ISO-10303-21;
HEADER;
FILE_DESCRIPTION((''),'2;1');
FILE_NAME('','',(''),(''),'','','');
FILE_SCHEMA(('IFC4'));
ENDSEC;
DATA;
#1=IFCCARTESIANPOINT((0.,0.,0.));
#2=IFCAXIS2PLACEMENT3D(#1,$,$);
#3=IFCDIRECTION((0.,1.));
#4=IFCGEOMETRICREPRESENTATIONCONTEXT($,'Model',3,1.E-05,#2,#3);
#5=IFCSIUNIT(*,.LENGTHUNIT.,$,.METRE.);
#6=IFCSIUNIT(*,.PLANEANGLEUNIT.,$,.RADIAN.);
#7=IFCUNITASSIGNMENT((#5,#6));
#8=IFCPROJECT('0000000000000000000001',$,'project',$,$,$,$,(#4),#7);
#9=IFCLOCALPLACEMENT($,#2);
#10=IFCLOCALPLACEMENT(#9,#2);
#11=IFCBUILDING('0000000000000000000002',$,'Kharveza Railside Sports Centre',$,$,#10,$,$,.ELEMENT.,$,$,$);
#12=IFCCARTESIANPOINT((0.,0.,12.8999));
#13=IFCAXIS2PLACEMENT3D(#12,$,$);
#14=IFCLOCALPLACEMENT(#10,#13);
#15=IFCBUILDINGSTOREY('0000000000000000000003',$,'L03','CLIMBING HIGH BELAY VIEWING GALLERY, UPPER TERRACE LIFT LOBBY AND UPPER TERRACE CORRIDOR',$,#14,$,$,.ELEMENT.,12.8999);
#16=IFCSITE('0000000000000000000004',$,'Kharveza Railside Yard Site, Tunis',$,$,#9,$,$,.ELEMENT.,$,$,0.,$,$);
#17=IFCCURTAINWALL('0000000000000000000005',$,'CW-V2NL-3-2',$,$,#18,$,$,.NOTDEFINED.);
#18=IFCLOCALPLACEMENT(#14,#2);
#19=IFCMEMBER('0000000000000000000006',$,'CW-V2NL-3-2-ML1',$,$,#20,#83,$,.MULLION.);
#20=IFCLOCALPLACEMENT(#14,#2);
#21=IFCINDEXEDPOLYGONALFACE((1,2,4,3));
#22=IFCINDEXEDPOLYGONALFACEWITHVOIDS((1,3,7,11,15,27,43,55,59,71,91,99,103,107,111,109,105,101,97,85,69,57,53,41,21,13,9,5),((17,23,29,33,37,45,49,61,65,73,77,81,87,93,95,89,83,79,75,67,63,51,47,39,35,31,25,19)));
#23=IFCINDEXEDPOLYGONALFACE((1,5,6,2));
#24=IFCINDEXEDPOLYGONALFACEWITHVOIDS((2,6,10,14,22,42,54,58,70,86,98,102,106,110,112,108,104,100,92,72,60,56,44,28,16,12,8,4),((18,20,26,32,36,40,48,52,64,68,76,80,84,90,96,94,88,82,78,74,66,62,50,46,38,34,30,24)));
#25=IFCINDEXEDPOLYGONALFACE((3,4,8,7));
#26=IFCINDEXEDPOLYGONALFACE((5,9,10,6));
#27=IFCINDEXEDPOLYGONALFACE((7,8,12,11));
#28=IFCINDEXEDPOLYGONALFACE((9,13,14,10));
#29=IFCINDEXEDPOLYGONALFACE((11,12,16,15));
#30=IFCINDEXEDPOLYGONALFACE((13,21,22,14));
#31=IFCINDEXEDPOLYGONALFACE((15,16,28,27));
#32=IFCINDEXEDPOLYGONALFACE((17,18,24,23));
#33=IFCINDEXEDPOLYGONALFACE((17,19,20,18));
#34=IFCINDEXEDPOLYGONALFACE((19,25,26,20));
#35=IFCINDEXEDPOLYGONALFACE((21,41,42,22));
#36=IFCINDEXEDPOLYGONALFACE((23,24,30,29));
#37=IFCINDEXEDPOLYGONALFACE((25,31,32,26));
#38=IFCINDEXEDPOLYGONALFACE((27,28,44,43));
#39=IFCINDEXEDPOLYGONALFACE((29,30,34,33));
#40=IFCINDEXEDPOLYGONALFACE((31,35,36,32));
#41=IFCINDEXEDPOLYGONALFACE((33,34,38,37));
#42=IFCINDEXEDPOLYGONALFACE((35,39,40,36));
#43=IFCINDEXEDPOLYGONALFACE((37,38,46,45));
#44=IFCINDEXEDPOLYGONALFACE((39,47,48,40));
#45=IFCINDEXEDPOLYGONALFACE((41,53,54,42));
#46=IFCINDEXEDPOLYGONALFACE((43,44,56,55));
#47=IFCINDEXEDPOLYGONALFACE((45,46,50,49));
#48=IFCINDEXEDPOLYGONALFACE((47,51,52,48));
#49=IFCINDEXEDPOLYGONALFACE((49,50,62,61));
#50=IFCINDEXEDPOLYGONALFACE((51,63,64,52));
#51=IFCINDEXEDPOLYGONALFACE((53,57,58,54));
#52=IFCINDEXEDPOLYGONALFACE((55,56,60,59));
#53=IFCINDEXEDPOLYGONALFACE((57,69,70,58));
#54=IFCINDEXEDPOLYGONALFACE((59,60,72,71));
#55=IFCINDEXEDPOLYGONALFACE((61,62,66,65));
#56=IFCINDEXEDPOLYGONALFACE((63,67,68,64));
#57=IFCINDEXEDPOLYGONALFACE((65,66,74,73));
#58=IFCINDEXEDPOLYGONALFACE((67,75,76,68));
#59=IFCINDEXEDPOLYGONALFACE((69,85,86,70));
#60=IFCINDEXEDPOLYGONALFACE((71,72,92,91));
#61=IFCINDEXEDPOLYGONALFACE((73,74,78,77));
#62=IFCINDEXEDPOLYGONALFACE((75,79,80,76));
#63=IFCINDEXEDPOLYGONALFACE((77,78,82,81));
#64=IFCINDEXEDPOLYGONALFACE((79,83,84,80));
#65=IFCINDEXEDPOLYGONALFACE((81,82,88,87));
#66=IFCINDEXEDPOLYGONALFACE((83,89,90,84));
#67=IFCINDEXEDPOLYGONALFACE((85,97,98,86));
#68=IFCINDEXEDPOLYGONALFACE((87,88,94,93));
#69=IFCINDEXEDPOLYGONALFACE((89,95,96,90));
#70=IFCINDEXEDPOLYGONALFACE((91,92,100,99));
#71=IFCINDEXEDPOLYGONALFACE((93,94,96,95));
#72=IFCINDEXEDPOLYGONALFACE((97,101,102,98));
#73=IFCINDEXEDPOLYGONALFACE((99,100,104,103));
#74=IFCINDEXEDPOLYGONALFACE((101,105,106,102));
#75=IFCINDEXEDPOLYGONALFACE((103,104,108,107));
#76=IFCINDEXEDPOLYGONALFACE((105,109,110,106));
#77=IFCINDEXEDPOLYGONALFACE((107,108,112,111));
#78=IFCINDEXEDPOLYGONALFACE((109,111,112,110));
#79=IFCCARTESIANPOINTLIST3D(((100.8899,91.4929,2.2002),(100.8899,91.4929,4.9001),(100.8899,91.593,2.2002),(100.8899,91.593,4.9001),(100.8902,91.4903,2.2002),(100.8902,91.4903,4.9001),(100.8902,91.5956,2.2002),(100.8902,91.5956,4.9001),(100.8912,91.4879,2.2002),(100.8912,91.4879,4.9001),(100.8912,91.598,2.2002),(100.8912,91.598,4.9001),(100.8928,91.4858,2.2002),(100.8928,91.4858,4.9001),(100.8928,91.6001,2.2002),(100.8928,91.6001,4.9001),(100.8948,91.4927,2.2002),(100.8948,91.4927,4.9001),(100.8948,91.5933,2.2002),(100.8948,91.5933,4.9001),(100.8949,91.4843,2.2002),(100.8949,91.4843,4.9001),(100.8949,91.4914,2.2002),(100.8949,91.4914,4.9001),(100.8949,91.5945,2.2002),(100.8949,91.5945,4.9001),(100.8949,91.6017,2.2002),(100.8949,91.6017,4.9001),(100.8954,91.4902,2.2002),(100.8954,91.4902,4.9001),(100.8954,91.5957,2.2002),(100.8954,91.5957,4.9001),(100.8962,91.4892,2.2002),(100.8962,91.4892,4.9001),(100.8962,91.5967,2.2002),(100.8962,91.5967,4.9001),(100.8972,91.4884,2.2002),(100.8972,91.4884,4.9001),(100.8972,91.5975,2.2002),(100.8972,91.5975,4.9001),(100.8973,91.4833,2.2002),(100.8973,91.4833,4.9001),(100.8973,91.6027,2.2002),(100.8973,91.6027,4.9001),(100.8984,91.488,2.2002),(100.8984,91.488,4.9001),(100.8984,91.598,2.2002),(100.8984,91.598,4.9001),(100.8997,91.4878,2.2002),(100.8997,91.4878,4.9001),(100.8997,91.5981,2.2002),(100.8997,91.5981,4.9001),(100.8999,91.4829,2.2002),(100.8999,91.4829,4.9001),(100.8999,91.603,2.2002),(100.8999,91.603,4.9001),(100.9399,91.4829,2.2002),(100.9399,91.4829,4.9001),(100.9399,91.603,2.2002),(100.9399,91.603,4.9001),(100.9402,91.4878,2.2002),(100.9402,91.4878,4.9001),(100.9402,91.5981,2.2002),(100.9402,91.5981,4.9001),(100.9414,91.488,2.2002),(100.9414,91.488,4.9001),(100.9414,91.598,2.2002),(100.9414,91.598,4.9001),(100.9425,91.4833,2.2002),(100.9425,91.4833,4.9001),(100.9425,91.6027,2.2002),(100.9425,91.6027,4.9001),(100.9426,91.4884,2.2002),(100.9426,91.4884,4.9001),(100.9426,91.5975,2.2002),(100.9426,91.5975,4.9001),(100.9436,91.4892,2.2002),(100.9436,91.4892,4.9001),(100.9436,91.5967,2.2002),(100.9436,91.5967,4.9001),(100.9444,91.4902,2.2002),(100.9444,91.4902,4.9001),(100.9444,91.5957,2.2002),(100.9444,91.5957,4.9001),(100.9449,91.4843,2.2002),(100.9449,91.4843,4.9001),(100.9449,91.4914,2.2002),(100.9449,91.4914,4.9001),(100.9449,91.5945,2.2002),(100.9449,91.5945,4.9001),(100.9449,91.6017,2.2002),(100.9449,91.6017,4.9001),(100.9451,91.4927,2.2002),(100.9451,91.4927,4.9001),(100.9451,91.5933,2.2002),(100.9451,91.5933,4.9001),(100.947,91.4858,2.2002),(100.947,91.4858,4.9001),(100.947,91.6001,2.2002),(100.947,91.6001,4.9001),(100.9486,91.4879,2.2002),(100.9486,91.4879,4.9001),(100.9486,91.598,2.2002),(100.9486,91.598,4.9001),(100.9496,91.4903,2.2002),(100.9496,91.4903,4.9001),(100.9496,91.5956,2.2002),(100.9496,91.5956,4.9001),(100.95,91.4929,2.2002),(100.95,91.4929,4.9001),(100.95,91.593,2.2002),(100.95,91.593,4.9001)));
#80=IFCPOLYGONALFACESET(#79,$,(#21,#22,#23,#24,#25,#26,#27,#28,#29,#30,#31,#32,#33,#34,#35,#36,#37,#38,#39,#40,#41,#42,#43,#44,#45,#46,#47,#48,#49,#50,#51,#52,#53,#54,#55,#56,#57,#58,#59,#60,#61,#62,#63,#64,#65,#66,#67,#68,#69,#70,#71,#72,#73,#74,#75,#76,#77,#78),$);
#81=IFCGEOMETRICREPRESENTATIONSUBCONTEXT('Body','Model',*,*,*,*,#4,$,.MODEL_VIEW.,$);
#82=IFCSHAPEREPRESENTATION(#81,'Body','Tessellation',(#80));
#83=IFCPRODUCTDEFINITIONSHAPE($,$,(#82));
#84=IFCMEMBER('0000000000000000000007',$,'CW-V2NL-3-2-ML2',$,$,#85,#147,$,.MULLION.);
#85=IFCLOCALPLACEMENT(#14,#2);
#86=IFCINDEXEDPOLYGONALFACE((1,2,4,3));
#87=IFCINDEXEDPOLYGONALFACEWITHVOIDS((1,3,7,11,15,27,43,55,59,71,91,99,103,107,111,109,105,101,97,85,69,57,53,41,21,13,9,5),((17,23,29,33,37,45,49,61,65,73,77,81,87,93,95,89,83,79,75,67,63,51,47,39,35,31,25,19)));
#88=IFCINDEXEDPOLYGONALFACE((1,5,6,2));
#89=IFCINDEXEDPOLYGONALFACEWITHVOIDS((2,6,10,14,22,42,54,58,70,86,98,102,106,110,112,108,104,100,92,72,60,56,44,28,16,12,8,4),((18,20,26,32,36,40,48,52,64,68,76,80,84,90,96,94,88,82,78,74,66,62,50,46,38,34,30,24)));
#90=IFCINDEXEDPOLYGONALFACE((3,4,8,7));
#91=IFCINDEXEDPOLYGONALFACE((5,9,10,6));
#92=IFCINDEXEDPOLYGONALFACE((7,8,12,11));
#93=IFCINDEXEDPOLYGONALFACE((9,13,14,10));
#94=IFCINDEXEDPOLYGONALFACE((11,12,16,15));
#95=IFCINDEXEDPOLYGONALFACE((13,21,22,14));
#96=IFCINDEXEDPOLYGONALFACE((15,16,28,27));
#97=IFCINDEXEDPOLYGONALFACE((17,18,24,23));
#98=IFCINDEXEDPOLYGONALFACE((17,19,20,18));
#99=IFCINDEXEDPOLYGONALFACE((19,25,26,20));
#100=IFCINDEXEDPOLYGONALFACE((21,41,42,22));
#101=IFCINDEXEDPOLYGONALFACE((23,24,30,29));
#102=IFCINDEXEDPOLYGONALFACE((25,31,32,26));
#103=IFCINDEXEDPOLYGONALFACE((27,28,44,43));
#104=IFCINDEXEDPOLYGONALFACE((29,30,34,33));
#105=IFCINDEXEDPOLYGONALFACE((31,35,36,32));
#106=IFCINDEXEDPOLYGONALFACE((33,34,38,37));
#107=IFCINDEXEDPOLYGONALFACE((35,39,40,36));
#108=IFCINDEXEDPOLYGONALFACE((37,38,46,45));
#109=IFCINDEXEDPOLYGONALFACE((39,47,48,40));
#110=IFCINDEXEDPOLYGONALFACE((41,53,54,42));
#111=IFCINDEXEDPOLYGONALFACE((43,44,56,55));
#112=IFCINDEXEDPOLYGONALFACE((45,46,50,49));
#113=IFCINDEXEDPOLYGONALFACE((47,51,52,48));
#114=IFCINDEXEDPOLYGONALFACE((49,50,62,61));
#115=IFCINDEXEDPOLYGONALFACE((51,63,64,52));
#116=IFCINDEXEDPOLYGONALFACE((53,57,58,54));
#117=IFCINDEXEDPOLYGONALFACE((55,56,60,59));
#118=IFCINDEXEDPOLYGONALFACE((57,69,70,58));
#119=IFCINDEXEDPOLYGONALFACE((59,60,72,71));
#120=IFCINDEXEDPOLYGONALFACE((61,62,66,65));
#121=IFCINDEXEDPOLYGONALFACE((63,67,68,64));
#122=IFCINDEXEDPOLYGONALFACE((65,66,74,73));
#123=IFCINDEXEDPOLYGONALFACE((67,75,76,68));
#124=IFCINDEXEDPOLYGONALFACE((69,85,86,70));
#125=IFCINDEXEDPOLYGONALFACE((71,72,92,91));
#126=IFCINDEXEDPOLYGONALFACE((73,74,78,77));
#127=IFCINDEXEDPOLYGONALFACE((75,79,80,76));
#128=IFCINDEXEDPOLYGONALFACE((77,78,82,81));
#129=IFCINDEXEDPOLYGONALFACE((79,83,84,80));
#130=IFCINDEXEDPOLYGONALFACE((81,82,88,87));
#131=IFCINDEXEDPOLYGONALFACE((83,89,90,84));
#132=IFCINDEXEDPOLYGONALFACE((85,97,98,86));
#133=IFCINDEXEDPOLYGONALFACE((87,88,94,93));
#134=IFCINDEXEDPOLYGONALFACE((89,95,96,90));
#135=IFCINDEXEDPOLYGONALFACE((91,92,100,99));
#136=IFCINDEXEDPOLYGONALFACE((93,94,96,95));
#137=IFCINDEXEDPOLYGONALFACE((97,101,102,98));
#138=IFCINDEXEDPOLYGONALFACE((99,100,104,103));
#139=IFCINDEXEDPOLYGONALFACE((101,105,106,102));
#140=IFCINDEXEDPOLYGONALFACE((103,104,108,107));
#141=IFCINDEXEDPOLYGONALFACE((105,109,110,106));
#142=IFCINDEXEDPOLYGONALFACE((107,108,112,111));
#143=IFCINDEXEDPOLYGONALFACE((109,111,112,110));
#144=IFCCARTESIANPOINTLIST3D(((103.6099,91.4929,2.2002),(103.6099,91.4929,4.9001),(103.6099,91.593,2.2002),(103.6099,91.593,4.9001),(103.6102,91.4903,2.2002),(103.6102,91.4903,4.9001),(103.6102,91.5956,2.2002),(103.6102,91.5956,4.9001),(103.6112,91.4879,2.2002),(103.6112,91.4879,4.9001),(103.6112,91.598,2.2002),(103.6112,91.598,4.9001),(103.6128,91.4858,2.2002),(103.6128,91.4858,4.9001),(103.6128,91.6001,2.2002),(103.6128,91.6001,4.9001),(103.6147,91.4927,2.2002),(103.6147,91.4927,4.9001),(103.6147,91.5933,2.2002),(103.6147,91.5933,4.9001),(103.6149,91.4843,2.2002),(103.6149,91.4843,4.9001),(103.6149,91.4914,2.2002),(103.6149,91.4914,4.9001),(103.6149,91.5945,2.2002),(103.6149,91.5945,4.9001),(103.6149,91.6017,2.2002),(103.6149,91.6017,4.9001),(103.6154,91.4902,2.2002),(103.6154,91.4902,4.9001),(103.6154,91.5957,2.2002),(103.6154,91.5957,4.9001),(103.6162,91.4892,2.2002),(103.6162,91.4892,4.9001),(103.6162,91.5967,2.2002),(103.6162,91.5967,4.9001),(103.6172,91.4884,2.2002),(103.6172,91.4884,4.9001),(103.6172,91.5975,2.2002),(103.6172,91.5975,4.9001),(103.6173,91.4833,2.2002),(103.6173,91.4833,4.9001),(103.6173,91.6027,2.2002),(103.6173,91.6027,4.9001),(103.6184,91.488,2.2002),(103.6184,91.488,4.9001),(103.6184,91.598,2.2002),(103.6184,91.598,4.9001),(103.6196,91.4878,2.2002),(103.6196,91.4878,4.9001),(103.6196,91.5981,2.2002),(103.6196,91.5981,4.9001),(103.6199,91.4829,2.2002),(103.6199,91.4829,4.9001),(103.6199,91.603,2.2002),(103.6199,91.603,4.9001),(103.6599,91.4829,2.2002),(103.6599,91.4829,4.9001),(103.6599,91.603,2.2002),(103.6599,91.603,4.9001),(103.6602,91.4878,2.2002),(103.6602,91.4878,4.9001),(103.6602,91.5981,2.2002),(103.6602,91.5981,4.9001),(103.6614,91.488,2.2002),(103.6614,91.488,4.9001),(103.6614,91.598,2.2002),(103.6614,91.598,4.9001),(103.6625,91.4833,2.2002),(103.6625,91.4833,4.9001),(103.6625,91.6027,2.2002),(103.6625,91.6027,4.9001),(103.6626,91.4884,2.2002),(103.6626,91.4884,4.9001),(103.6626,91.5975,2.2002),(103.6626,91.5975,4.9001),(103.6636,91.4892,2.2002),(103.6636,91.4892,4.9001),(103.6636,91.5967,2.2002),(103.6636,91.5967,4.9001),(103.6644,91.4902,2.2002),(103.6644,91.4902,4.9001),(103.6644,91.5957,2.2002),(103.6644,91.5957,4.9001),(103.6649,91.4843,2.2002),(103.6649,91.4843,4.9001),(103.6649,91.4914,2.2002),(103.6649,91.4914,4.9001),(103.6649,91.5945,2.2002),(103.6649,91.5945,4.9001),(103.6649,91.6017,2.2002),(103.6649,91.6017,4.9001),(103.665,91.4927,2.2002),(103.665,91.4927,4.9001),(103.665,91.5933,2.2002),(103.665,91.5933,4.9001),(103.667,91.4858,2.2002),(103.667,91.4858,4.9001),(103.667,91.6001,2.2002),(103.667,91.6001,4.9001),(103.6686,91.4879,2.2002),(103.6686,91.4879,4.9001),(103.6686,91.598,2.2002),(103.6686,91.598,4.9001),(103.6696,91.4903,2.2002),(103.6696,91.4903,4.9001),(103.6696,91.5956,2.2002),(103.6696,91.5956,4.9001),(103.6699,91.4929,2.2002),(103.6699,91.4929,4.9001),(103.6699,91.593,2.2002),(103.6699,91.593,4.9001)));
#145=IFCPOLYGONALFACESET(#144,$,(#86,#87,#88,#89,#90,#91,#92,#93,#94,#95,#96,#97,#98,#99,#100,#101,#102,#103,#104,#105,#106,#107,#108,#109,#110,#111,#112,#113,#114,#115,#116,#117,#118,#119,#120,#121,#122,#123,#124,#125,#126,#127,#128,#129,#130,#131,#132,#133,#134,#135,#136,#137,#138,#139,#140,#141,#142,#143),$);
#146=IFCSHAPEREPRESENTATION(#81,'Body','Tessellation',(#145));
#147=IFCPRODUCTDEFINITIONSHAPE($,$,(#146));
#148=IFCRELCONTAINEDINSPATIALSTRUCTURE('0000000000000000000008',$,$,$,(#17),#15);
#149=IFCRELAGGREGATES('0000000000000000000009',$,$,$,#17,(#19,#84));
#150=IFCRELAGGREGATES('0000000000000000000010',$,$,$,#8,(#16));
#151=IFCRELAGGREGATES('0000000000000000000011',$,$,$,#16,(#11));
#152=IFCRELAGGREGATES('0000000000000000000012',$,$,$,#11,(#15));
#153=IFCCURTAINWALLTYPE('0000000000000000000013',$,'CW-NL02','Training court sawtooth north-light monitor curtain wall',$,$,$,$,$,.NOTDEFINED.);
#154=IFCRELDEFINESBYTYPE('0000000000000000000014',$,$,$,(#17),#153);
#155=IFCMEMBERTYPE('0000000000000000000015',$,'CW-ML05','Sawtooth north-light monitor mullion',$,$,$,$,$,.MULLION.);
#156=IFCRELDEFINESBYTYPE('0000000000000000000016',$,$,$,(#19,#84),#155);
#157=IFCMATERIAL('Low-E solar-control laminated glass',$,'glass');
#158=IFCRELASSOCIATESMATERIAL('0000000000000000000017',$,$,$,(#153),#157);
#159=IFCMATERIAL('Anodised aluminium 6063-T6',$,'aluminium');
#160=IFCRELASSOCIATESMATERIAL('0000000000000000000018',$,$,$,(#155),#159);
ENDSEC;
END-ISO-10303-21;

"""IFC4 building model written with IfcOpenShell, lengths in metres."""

from ifc_helpers import new_model, si_unit, direction, frame, origin, origin_2d, place, context, subcontext, project, spatial, hollow_rectangle, extrude, material, material_profile, profile_set, type_object, element, aggregate, save


model = new_model("IFC4")

# Units and contexts
model_context = context("Model", 3, precision=1e-05, world=origin(), true_north=direction((0.0, 1.0)))
body_context = subcontext(model_context, "Body", "Model", "MODEL_VIEW")
ifc_project = project(units=[si_unit("LENGTHUNIT", "METRE"), si_unit("PLANEANGLEUNIT", "RADIAN")], contexts=[model_context])

# Site, building, storey
site_placement = place(None, origin())
site = spatial("IfcSite", under=ifc_project, at=site_placement, Name="Kharveza Railside Yard Site, Tunis", CompositionType="ELEMENT", RefElevation=0.0)
building_placement = place(site_placement, origin())
building = spatial("IfcBuilding", under=site, at=building_placement, Name="Kharveza Railside Sports Centre", CompositionType="ELEMENT")
storey_placement = place(building_placement, frame((0.0, 0.0, 12.8999)))
storey = spatial("IfcBuildingStorey", under=building, at=storey_placement, Name="L03", Description="CLIMBING HIGH BELAY VIEWING GALLERY, UPPER TERRACE LIFT LOBBY AND UPPER TERRACE CORRIDOR", CompositionType="ELEMENT", Elevation=12.8999)

# Curtain wall, members
ifc_material_1 = material(Name="Low-E solar-control laminated glass", Category="glass")
curtain_wall_type = type_object("IfcCurtainWallType", Name="CW-NL02", Description="Training court sawtooth north-light monitor curtain wall", PredefinedType="NOTDEFINED", material=ifc_material_1)
ifc_material_2 = material(Name="Anodised aluminium 6063-T6", Category="aluminium")
ifc_material_profile_1 = material_profile(ifc_material_2, hollow_rectangle(XDim=0.0601, YDim=0.1201, WallThickness=0.0049, InnerFilletRadius=0.0049, OuterFilletRadius=0.01, at=origin_2d()), Name="RHS 60x120x5.0")
ifc_profile_set_1 = profile_set([ifc_material_profile_1], Name="Anodised aluminium 6063-T6")
member_type_1 = type_object("IfcMemberType", Name="CW-ML05", Description="Sawtooth north-light monitor mullion", PredefinedType="MULLION", material=ifc_profile_set_1)
curtain_wall_1_placement = place(storey_placement, origin())
curtain_wall_1 = element("IfcCurtainWall", 1, at=curtain_wall_1_placement, inside=storey, type_object=curtain_wall_type, Name="CW-V2NL-3-2", PredefinedType="NOTDEFINED")
member_1_placement = place(storey_placement, frame((100.9199, 91.543, 2.2002), z_axis=(0.0, 0.0, 1.0), x_axis=(1.0, 0.0, 0.0)))
member_1 = element("IfcMember", 2, at=member_1_placement, type_object=member_type_1, Name="CW-V2NL-3-2-ML1", PredefinedType="MULLION", context=body_context, shape_type="SweptSolid", body=[
    extrude(hollow_rectangle(XDim=0.0601, YDim=0.1201, WallThickness=0.0049, InnerFilletRadius=0.0049, OuterFilletRadius=0.01, at=origin_2d()), origin(), (0.0, 0.0, 1.0), 2.7),
])
member_2_placement = place(storey_placement, frame((103.6399, 91.543, 2.2002), z_axis=(0.0, 0.0, 1.0), x_axis=(1.0, 0.0, 0.0)))
member_2 = element("IfcMember", 3, at=member_2_placement, type_object=member_type_1, Name="CW-V2NL-3-2-ML2", PredefinedType="MULLION", context=body_context, shape_type="SweptSolid", body=[
    extrude(hollow_rectangle(XDim=0.0601, YDim=0.1201, WallThickness=0.0049, InnerFilletRadius=0.0049, OuterFilletRadius=0.01, at=origin_2d()), origin(), (0.0, 0.0, 1.0), 2.7),
])

aggregate(curtain_wall_1, [member_1, member_2])

save(model, "model.ifc")
